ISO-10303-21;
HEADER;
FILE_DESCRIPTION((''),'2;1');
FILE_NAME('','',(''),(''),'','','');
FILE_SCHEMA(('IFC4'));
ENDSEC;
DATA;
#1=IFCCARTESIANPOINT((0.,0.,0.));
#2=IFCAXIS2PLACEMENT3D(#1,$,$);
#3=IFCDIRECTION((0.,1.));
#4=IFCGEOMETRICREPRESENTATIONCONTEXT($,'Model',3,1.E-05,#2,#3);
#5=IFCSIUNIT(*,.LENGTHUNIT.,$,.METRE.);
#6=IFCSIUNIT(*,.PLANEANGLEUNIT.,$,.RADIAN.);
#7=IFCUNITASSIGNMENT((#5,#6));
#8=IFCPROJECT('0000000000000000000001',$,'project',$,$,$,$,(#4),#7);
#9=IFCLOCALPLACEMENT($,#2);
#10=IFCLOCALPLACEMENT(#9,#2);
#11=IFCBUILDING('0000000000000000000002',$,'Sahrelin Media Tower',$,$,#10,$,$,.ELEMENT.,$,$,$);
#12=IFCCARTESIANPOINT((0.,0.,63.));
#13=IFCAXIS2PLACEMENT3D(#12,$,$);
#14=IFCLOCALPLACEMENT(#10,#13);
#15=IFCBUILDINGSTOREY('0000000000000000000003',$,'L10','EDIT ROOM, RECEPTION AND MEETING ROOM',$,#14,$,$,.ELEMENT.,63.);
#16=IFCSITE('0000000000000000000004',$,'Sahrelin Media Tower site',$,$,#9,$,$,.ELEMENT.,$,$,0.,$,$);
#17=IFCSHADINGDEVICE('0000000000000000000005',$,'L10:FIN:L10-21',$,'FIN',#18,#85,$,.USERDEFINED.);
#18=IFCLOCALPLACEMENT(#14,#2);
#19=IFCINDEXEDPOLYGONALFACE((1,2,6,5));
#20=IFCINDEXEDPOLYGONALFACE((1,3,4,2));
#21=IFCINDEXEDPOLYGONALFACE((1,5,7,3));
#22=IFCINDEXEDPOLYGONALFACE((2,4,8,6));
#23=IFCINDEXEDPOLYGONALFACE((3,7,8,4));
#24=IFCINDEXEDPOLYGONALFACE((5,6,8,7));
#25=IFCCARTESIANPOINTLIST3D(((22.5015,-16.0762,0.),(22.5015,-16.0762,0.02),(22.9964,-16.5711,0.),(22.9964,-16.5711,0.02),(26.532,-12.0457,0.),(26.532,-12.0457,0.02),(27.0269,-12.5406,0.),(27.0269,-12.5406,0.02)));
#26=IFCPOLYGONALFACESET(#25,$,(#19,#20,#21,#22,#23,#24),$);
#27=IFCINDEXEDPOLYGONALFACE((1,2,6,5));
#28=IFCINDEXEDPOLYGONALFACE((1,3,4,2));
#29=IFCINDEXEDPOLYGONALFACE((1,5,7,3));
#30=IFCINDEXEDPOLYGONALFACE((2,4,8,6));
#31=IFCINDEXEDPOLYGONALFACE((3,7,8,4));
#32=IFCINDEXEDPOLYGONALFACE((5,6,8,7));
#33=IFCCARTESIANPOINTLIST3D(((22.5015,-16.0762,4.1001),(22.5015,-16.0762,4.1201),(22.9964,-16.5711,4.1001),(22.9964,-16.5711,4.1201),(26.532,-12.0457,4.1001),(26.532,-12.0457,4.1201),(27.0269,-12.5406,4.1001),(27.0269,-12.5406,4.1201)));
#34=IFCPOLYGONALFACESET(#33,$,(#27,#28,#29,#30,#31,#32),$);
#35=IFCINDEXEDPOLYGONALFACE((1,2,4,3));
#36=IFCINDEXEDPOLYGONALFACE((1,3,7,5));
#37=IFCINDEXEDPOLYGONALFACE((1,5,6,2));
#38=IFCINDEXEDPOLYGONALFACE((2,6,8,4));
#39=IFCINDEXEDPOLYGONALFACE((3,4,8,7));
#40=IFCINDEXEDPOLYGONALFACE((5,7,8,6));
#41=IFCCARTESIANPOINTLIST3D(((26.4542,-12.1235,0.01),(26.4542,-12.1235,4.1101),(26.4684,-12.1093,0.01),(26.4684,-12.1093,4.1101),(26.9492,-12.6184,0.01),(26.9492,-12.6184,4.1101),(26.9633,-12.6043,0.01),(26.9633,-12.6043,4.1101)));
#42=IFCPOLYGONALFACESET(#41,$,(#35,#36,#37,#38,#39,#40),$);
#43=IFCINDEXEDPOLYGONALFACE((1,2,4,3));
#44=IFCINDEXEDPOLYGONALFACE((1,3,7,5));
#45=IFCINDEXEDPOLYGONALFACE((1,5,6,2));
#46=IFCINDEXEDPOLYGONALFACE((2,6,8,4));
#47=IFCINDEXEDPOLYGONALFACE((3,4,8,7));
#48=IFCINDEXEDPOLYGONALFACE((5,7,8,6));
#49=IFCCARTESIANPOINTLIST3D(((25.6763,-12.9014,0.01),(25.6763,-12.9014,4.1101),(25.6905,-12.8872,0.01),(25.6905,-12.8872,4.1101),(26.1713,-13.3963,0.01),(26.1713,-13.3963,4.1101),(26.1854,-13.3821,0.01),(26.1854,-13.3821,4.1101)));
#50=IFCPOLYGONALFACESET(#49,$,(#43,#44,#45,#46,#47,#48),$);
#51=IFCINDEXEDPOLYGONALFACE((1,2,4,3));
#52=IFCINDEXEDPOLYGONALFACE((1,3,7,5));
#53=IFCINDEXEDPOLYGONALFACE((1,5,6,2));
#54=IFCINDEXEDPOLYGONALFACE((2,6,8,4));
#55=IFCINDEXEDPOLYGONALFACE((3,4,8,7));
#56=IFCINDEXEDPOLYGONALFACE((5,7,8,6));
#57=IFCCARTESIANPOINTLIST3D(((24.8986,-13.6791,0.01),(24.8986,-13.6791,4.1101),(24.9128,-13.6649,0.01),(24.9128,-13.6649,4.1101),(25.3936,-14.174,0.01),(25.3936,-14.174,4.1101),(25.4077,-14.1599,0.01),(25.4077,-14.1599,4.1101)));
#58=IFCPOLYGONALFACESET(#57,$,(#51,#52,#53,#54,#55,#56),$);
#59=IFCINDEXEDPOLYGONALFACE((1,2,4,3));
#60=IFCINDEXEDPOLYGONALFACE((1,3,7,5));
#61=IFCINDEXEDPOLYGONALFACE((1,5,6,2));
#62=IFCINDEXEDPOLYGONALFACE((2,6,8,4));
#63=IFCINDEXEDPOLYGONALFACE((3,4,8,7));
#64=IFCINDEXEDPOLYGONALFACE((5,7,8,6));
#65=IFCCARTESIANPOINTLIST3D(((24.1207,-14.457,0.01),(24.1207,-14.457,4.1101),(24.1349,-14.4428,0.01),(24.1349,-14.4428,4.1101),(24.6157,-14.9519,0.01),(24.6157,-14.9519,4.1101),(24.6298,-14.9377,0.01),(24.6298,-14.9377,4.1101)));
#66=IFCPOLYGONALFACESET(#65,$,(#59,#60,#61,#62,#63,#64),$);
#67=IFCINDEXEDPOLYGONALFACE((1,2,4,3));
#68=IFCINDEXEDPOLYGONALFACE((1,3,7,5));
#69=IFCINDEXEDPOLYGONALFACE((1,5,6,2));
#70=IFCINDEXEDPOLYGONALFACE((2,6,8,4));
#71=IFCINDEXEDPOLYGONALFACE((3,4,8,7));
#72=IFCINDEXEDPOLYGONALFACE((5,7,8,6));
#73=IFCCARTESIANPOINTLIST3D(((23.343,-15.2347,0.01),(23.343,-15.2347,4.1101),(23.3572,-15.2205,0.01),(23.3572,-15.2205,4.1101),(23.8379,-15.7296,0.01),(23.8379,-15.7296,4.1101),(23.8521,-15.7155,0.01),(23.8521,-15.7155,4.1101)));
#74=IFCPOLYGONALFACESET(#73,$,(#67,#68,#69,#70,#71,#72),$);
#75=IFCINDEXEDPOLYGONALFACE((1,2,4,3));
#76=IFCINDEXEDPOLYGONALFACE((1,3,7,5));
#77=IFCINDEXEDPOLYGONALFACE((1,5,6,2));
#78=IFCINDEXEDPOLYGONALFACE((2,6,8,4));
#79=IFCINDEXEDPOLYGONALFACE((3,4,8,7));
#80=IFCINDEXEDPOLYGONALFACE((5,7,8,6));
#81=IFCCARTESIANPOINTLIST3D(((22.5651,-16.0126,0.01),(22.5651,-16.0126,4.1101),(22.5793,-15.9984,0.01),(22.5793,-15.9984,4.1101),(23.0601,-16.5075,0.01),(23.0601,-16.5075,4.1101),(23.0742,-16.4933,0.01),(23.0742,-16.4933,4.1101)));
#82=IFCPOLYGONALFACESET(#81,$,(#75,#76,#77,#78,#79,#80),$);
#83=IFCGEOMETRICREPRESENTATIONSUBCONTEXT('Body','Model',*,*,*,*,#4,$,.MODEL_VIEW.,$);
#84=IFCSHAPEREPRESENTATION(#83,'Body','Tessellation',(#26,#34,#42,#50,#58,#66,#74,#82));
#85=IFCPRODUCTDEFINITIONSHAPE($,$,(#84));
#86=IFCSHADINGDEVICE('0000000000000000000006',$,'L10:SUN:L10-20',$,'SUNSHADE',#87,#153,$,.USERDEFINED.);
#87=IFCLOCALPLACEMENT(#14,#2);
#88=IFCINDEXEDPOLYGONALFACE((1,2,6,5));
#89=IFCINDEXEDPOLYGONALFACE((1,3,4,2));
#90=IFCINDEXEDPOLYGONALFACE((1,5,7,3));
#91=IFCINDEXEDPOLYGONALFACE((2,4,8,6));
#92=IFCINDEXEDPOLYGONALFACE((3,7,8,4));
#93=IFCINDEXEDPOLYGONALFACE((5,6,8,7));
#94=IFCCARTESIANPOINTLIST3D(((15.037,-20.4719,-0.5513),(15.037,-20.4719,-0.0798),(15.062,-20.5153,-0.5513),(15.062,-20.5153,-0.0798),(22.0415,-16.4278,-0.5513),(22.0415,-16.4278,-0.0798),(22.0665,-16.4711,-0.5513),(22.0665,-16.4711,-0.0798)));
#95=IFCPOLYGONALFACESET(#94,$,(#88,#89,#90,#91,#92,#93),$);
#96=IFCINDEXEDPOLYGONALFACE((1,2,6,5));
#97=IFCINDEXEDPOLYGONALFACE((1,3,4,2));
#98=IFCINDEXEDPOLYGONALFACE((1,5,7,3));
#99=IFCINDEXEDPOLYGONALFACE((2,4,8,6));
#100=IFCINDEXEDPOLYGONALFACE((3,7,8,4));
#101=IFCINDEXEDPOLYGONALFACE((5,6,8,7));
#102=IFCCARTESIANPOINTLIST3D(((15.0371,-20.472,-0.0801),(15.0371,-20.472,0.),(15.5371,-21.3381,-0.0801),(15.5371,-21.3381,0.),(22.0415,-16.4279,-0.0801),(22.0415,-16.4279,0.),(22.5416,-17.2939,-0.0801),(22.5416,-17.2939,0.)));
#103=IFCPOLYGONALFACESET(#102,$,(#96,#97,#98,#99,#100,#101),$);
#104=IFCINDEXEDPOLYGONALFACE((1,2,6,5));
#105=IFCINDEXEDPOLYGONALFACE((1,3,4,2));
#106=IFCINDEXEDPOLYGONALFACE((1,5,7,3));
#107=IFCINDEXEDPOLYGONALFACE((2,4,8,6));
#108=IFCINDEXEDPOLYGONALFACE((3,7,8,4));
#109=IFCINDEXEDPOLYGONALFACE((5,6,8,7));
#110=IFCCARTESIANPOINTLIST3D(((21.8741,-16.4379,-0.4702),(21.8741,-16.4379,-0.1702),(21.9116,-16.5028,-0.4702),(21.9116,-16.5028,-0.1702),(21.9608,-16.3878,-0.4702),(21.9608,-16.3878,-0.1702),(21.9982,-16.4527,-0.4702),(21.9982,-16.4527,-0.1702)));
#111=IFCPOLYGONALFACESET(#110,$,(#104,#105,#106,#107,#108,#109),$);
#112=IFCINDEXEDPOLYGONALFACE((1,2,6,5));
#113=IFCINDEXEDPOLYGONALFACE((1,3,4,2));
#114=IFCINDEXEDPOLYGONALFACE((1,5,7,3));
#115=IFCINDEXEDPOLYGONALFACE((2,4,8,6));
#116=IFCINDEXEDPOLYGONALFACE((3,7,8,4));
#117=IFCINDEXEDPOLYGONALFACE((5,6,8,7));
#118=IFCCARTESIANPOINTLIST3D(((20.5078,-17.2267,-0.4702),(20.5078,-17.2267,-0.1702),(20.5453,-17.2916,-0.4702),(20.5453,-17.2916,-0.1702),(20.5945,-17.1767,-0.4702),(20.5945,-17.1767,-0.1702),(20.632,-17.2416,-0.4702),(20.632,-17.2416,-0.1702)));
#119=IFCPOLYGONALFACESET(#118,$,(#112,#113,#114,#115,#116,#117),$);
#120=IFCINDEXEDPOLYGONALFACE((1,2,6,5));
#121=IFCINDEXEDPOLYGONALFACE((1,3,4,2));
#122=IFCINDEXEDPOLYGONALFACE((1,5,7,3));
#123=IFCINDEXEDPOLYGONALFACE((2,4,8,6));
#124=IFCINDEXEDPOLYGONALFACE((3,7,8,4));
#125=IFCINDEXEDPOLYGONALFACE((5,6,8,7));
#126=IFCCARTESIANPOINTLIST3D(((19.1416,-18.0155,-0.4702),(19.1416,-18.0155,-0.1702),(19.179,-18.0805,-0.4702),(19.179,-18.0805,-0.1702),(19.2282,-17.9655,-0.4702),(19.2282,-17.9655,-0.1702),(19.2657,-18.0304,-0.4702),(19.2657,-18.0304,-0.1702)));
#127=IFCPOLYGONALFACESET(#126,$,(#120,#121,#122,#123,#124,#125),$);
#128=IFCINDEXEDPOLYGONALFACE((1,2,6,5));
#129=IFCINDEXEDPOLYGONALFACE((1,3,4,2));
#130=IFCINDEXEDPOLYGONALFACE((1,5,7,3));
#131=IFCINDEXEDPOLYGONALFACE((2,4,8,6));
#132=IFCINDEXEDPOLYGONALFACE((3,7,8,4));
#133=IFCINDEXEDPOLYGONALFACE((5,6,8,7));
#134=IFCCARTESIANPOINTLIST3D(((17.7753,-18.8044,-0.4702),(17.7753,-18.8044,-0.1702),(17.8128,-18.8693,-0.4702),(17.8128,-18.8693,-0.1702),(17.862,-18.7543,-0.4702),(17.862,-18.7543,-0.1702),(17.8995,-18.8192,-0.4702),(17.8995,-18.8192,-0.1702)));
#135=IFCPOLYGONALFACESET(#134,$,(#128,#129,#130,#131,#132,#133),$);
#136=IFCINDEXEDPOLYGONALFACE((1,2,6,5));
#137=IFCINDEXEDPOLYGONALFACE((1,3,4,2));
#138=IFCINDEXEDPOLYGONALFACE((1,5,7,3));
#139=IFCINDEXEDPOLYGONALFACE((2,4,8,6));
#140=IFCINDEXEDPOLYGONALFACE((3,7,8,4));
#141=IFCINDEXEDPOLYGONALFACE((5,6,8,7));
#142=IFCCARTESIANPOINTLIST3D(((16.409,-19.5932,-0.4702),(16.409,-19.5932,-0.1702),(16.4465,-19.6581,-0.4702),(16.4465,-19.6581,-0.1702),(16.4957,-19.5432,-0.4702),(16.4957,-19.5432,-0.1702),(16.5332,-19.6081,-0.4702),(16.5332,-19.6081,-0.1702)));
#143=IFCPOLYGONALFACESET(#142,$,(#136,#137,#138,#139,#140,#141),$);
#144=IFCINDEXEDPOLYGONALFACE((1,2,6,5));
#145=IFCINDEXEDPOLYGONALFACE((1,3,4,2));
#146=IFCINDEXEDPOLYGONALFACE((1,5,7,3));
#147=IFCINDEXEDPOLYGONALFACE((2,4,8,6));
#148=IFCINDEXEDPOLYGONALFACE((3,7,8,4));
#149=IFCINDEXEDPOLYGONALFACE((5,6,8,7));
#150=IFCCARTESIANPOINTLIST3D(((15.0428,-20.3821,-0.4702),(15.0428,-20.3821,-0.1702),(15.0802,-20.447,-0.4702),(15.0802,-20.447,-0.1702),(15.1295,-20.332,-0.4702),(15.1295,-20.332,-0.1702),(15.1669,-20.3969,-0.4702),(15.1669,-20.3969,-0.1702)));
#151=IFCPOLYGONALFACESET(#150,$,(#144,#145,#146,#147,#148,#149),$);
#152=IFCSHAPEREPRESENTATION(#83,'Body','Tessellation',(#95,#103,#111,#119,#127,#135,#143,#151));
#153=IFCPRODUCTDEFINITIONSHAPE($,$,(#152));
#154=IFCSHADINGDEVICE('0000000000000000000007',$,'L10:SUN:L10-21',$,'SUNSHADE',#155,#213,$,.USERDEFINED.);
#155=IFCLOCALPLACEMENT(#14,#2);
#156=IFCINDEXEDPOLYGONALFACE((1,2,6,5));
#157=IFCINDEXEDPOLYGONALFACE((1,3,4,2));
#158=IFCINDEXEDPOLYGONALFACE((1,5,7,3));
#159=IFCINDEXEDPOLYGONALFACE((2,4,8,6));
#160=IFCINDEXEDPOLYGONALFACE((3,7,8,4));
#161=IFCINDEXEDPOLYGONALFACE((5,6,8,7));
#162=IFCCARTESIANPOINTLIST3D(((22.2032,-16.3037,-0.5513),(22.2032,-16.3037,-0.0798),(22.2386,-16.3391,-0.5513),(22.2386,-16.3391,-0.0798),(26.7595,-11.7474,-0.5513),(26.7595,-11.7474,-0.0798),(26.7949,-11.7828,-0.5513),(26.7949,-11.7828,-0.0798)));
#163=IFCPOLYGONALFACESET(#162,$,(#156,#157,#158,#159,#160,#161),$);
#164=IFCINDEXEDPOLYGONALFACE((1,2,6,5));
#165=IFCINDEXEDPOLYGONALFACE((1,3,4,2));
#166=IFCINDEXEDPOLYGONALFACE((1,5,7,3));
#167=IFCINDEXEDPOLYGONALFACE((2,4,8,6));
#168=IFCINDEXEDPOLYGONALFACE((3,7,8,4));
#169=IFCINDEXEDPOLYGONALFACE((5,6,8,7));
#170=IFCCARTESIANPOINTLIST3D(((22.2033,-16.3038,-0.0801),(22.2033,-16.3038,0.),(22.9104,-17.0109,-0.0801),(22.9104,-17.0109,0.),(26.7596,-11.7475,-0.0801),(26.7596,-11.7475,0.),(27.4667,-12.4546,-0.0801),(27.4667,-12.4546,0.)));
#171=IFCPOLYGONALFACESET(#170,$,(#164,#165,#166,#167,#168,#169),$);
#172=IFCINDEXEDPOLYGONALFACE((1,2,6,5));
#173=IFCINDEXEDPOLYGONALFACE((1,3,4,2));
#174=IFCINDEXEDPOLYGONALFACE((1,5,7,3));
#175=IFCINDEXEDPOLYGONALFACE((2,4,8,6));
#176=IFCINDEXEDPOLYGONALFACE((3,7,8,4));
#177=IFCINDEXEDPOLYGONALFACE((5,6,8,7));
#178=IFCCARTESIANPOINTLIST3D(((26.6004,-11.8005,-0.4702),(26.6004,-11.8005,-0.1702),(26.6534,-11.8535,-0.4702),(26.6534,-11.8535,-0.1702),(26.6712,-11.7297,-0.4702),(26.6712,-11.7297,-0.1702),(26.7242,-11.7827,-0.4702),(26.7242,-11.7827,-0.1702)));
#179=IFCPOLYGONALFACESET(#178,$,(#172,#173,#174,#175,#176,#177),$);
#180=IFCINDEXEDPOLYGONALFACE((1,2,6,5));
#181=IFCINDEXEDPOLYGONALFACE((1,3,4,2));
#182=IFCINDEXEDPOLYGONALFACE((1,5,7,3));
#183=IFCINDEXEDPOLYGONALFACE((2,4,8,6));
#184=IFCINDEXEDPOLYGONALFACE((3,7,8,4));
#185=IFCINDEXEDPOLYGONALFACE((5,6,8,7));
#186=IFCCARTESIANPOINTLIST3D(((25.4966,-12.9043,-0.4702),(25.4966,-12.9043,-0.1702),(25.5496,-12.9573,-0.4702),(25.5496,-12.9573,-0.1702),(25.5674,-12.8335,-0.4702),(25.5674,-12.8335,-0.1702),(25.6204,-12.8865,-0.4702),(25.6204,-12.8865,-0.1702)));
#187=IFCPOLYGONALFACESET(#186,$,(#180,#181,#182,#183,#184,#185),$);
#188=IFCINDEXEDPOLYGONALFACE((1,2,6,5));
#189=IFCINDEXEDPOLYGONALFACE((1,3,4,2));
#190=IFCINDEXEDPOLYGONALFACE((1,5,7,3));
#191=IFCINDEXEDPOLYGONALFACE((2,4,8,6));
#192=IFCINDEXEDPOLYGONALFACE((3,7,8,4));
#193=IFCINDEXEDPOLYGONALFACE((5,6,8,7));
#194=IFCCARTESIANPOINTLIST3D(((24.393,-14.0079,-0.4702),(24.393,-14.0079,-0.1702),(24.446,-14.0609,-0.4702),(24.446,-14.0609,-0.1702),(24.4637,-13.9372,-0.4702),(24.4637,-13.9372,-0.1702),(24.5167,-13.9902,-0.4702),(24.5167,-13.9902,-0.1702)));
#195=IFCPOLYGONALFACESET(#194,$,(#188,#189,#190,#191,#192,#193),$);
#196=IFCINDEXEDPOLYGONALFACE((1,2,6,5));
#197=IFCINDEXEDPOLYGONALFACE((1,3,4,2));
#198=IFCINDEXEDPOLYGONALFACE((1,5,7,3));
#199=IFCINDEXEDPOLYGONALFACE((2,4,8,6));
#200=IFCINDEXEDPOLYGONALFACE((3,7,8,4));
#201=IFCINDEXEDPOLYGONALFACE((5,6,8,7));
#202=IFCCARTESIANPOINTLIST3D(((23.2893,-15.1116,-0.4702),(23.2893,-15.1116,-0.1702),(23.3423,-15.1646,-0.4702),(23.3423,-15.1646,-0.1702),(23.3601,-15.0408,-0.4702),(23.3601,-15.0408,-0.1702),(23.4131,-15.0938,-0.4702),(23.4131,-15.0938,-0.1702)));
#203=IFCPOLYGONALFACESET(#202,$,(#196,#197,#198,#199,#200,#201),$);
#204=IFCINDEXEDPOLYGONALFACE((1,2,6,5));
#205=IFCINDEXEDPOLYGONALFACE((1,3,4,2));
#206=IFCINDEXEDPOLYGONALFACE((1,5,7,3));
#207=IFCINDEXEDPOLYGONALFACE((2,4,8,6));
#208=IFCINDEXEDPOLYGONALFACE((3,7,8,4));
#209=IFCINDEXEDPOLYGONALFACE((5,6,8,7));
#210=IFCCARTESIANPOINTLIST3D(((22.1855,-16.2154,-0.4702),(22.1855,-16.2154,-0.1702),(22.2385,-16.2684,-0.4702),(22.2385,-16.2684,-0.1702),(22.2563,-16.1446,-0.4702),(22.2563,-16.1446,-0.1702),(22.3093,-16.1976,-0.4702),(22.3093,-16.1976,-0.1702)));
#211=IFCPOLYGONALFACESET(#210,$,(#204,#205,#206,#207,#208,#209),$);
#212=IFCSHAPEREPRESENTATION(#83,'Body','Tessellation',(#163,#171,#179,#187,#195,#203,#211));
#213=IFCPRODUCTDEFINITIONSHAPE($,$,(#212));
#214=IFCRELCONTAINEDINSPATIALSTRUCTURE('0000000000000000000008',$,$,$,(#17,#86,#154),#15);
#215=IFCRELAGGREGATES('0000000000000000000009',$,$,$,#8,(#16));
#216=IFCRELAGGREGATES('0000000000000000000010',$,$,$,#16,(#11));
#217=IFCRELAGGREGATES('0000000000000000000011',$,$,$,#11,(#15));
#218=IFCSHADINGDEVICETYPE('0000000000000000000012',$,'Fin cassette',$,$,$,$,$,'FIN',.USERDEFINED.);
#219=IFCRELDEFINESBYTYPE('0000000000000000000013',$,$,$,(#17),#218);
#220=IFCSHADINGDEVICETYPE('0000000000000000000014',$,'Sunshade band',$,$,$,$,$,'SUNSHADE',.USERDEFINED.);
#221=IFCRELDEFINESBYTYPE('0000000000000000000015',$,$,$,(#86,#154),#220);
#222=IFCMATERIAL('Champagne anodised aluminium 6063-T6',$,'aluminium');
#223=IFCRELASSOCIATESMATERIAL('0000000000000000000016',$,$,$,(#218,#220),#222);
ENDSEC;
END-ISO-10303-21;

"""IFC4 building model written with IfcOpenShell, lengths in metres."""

from ifc_helpers import new_model, si_unit, direction, frame, origin, origin_2d, place, context, subcontext, project, spatial, rectangle, extrude, material, type_object, element, save


model = new_model("IFC4")

# Units and contexts
model_context = context("Model", 3, precision=1e-05, world=origin(), true_north=direction((0.0, 1.0)))
body_context = subcontext(model_context, "Body", "Model", "MODEL_VIEW")
ifc_project = project(units=[si_unit("LENGTHUNIT", "METRE"), si_unit("PLANEANGLEUNIT", "RADIAN")], contexts=[model_context])

# Site, building, storey
site_placement = place(None, origin())
site = spatial("IfcSite", under=ifc_project, at=site_placement, Name="Sahrelin Media Tower site", CompositionType="ELEMENT", RefElevation=0.0)
building_placement = place(site_placement, origin())
building = spatial("IfcBuilding", under=site, at=building_placement, Name="Sahrelin Media Tower", CompositionType="ELEMENT")
storey_placement = place(building_placement, frame((0.0, 0.0, 63.0)))
storey = spatial("IfcBuildingStorey", under=building, at=storey_placement, Name="L10", Description="EDIT ROOM, RECEPTION AND MEETING ROOM", CompositionType="ELEMENT", Elevation=63.0)

# Shared definitions
ifc_material_1 = material(Name="Champagne anodised aluminium 6063-T6", Category="aluminium")

# Shading devices
shading_device_type_1 = type_object("IfcShadingDeviceType", Name="Fin cassette", ElementType="FIN", PredefinedType="USERDEFINED", material=ifc_material_1)
placement_1 = place(storey_placement, frame((18.5293, -18.4326, 0.0), z_axis=(0.0, 0.0, 1.0), x_axis=(-0.866019, -0.500011, 0.0)))
placement_2 = place(storey_placement, frame((24.4673, -14.0115, 0.0), z_axis=(0.0, 0.0, 1.0), x_axis=(-0.707107, -0.707107, 0.0)))
element("IfcShadingDevice", 1, at=placement_2, inside=storey, type_object=shading_device_type_1, Name="L10:FIN:L10-21", ObjectType="FIN", PredefinedType="USERDEFINED", context=body_context, shape_type="SweptSolid", body=[
    extrude(rectangle(XDim=5.7, YDim=0.7, at=origin_2d()), frame((0.0, 0.4199, 0.0)), (0.0, 0.0, 1.0), 0.02),
    extrude(rectangle(XDim=5.7, YDim=0.7, at=origin_2d()), frame((0.0, 0.4199, 4.1001)), (0.0, 0.0, 1.0), 0.02),
    extrude(rectangle(XDim=0.02, YDim=0.7, at=origin_2d()), frame((-2.75, 0.4199, 0.01), z_axis=(0.0, 0.0, 1.0), x_axis=(1.0, 0.0, 0.0)), (0.0, 0.0, 1.0), 4.1001),
    extrude(rectangle(XDim=0.02, YDim=0.7, at=origin_2d()), frame((-1.6499, 0.4199, 0.01), z_axis=(0.0, 0.0, 1.0), x_axis=(1.0, 0.0, 0.0)), (0.0, 0.0, 1.0), 4.1001),
    extrude(rectangle(XDim=0.02, YDim=0.7, at=origin_2d()), frame((-0.55, 0.4199, 0.01), z_axis=(0.0, 0.0, 1.0), x_axis=(1.0, 0.0, 0.0)), (0.0, 0.0, 1.0), 4.1001),
    extrude(rectangle(XDim=0.02, YDim=0.7, at=origin_2d()), frame((0.55, 0.4199, 0.01), z_axis=(0.0, 0.0, 1.0), x_axis=(1.0, 0.0, 0.0)), (0.0, 0.0, 1.0), 4.1001),
    extrude(rectangle(XDim=0.02, YDim=0.7, at=origin_2d()), frame((1.6499, 0.4199, 0.01), z_axis=(0.0, 0.0, 1.0), x_axis=(1.0, 0.0, 0.0)), (0.0, 0.0, 1.0), 4.1001),
    extrude(rectangle(XDim=0.02, YDim=0.7, at=origin_2d()), frame((2.75, 0.4199, 0.01), z_axis=(0.0, 0.0, 1.0), x_axis=(1.0, 0.0, 0.0)), (0.0, 0.0, 1.0), 4.1001),
])
shading_device_type_2 = type_object("IfcShadingDeviceType", Name="Sunshade band", ElementType="SUNSHADE", PredefinedType="USERDEFINED", material=ifc_material_1)
element("IfcShadingDevice", 2, at=placement_1, inside=storey, type_object=shading_device_type_2, Name="L10:SUN:L10-20", ObjectType="SUNSHADE", PredefinedType="USERDEFINED", context=body_context, shape_type="SweptSolid", body=[
    extrude(rectangle(XDim=8.0881, YDim=0.05, at=origin_2d()), frame((0.0, 0.0449, -0.5513)), (0.0, 0.0, 1.0), 0.4714),
    extrude(rectangle(XDim=8.0881, YDim=1.0, at=origin_2d()), frame((0.0, 0.52, -0.0801)), (0.0, 0.0, 1.0), 0.0801),
    extrude(rectangle(XDim=0.1001, YDim=0.075, at=origin_2d()), frame((-3.9441, -0.0176, -0.4702)), (0.0, 0.0, 1.0), 0.3),
    extrude(rectangle(XDim=0.1001, YDim=0.075, at=origin_2d()), frame((-2.3665, -0.0176, -0.4702)), (0.0, 0.0, 1.0), 0.3),
    extrude(rectangle(XDim=0.1001, YDim=0.075, at=origin_2d()), frame((-0.7888, -0.0176, -0.4702)), (0.0, 0.0, 1.0), 0.3),
    extrude(rectangle(XDim=0.1001, YDim=0.075, at=origin_2d()), frame((0.7888, -0.0176, -0.4702)), (0.0, 0.0, 1.0), 0.3),
    extrude(rectangle(XDim=0.1001, YDim=0.075, at=origin_2d()), frame((2.3665, -0.0176, -0.4702)), (0.0, 0.0, 1.0), 0.3),
    extrude(rectangle(XDim=0.1001, YDim=0.075, at=origin_2d()), frame((3.9441, -0.0176, -0.4702)), (0.0, 0.0, 1.0), 0.3),
])
element("IfcShadingDevice", 3, at=placement_2, inside=storey, type_object=shading_device_type_2, Name="L10:SUN:L10-21", ObjectType="SUNSHADE", PredefinedType="USERDEFINED", context=body_context, shape_type="SweptSolid", body=[
    extrude(rectangle(XDim=6.4436, YDim=0.05, at=origin_2d()), frame((0.0, 0.0449, -0.5513)), (0.0, 0.0, 1.0), 0.4714),
    extrude(rectangle(XDim=6.4436, YDim=1.0, at=origin_2d()), frame((0.0, 0.52, -0.0801)), (0.0, 0.0, 1.0), 0.0801),
    extrude(rectangle(XDim=0.1001, YDim=0.075, at=origin_2d()), frame((-3.1218, -0.0176, -0.4702)), (0.0, 0.0, 1.0), 0.3),
    extrude(rectangle(XDim=0.1001, YDim=0.075, at=origin_2d()), frame((-1.5608, -0.0176, -0.4702)), (0.0, 0.0, 1.0), 0.3),
    extrude(rectangle(XDim=0.1001, YDim=0.075, at=origin_2d()), frame((0.0, -0.0176, -0.4702)), (0.0, 0.0, 1.0), 0.3),
    extrude(rectangle(XDim=0.1001, YDim=0.075, at=origin_2d()), frame((1.5608, -0.0176, -0.4702)), (0.0, 0.0, 1.0), 0.3),
    extrude(rectangle(XDim=0.1001, YDim=0.075, at=origin_2d()), frame((3.1218, -0.0176, -0.4702)), (0.0, 0.0, 1.0), 0.3),
])

save(model, "model.ifc")
